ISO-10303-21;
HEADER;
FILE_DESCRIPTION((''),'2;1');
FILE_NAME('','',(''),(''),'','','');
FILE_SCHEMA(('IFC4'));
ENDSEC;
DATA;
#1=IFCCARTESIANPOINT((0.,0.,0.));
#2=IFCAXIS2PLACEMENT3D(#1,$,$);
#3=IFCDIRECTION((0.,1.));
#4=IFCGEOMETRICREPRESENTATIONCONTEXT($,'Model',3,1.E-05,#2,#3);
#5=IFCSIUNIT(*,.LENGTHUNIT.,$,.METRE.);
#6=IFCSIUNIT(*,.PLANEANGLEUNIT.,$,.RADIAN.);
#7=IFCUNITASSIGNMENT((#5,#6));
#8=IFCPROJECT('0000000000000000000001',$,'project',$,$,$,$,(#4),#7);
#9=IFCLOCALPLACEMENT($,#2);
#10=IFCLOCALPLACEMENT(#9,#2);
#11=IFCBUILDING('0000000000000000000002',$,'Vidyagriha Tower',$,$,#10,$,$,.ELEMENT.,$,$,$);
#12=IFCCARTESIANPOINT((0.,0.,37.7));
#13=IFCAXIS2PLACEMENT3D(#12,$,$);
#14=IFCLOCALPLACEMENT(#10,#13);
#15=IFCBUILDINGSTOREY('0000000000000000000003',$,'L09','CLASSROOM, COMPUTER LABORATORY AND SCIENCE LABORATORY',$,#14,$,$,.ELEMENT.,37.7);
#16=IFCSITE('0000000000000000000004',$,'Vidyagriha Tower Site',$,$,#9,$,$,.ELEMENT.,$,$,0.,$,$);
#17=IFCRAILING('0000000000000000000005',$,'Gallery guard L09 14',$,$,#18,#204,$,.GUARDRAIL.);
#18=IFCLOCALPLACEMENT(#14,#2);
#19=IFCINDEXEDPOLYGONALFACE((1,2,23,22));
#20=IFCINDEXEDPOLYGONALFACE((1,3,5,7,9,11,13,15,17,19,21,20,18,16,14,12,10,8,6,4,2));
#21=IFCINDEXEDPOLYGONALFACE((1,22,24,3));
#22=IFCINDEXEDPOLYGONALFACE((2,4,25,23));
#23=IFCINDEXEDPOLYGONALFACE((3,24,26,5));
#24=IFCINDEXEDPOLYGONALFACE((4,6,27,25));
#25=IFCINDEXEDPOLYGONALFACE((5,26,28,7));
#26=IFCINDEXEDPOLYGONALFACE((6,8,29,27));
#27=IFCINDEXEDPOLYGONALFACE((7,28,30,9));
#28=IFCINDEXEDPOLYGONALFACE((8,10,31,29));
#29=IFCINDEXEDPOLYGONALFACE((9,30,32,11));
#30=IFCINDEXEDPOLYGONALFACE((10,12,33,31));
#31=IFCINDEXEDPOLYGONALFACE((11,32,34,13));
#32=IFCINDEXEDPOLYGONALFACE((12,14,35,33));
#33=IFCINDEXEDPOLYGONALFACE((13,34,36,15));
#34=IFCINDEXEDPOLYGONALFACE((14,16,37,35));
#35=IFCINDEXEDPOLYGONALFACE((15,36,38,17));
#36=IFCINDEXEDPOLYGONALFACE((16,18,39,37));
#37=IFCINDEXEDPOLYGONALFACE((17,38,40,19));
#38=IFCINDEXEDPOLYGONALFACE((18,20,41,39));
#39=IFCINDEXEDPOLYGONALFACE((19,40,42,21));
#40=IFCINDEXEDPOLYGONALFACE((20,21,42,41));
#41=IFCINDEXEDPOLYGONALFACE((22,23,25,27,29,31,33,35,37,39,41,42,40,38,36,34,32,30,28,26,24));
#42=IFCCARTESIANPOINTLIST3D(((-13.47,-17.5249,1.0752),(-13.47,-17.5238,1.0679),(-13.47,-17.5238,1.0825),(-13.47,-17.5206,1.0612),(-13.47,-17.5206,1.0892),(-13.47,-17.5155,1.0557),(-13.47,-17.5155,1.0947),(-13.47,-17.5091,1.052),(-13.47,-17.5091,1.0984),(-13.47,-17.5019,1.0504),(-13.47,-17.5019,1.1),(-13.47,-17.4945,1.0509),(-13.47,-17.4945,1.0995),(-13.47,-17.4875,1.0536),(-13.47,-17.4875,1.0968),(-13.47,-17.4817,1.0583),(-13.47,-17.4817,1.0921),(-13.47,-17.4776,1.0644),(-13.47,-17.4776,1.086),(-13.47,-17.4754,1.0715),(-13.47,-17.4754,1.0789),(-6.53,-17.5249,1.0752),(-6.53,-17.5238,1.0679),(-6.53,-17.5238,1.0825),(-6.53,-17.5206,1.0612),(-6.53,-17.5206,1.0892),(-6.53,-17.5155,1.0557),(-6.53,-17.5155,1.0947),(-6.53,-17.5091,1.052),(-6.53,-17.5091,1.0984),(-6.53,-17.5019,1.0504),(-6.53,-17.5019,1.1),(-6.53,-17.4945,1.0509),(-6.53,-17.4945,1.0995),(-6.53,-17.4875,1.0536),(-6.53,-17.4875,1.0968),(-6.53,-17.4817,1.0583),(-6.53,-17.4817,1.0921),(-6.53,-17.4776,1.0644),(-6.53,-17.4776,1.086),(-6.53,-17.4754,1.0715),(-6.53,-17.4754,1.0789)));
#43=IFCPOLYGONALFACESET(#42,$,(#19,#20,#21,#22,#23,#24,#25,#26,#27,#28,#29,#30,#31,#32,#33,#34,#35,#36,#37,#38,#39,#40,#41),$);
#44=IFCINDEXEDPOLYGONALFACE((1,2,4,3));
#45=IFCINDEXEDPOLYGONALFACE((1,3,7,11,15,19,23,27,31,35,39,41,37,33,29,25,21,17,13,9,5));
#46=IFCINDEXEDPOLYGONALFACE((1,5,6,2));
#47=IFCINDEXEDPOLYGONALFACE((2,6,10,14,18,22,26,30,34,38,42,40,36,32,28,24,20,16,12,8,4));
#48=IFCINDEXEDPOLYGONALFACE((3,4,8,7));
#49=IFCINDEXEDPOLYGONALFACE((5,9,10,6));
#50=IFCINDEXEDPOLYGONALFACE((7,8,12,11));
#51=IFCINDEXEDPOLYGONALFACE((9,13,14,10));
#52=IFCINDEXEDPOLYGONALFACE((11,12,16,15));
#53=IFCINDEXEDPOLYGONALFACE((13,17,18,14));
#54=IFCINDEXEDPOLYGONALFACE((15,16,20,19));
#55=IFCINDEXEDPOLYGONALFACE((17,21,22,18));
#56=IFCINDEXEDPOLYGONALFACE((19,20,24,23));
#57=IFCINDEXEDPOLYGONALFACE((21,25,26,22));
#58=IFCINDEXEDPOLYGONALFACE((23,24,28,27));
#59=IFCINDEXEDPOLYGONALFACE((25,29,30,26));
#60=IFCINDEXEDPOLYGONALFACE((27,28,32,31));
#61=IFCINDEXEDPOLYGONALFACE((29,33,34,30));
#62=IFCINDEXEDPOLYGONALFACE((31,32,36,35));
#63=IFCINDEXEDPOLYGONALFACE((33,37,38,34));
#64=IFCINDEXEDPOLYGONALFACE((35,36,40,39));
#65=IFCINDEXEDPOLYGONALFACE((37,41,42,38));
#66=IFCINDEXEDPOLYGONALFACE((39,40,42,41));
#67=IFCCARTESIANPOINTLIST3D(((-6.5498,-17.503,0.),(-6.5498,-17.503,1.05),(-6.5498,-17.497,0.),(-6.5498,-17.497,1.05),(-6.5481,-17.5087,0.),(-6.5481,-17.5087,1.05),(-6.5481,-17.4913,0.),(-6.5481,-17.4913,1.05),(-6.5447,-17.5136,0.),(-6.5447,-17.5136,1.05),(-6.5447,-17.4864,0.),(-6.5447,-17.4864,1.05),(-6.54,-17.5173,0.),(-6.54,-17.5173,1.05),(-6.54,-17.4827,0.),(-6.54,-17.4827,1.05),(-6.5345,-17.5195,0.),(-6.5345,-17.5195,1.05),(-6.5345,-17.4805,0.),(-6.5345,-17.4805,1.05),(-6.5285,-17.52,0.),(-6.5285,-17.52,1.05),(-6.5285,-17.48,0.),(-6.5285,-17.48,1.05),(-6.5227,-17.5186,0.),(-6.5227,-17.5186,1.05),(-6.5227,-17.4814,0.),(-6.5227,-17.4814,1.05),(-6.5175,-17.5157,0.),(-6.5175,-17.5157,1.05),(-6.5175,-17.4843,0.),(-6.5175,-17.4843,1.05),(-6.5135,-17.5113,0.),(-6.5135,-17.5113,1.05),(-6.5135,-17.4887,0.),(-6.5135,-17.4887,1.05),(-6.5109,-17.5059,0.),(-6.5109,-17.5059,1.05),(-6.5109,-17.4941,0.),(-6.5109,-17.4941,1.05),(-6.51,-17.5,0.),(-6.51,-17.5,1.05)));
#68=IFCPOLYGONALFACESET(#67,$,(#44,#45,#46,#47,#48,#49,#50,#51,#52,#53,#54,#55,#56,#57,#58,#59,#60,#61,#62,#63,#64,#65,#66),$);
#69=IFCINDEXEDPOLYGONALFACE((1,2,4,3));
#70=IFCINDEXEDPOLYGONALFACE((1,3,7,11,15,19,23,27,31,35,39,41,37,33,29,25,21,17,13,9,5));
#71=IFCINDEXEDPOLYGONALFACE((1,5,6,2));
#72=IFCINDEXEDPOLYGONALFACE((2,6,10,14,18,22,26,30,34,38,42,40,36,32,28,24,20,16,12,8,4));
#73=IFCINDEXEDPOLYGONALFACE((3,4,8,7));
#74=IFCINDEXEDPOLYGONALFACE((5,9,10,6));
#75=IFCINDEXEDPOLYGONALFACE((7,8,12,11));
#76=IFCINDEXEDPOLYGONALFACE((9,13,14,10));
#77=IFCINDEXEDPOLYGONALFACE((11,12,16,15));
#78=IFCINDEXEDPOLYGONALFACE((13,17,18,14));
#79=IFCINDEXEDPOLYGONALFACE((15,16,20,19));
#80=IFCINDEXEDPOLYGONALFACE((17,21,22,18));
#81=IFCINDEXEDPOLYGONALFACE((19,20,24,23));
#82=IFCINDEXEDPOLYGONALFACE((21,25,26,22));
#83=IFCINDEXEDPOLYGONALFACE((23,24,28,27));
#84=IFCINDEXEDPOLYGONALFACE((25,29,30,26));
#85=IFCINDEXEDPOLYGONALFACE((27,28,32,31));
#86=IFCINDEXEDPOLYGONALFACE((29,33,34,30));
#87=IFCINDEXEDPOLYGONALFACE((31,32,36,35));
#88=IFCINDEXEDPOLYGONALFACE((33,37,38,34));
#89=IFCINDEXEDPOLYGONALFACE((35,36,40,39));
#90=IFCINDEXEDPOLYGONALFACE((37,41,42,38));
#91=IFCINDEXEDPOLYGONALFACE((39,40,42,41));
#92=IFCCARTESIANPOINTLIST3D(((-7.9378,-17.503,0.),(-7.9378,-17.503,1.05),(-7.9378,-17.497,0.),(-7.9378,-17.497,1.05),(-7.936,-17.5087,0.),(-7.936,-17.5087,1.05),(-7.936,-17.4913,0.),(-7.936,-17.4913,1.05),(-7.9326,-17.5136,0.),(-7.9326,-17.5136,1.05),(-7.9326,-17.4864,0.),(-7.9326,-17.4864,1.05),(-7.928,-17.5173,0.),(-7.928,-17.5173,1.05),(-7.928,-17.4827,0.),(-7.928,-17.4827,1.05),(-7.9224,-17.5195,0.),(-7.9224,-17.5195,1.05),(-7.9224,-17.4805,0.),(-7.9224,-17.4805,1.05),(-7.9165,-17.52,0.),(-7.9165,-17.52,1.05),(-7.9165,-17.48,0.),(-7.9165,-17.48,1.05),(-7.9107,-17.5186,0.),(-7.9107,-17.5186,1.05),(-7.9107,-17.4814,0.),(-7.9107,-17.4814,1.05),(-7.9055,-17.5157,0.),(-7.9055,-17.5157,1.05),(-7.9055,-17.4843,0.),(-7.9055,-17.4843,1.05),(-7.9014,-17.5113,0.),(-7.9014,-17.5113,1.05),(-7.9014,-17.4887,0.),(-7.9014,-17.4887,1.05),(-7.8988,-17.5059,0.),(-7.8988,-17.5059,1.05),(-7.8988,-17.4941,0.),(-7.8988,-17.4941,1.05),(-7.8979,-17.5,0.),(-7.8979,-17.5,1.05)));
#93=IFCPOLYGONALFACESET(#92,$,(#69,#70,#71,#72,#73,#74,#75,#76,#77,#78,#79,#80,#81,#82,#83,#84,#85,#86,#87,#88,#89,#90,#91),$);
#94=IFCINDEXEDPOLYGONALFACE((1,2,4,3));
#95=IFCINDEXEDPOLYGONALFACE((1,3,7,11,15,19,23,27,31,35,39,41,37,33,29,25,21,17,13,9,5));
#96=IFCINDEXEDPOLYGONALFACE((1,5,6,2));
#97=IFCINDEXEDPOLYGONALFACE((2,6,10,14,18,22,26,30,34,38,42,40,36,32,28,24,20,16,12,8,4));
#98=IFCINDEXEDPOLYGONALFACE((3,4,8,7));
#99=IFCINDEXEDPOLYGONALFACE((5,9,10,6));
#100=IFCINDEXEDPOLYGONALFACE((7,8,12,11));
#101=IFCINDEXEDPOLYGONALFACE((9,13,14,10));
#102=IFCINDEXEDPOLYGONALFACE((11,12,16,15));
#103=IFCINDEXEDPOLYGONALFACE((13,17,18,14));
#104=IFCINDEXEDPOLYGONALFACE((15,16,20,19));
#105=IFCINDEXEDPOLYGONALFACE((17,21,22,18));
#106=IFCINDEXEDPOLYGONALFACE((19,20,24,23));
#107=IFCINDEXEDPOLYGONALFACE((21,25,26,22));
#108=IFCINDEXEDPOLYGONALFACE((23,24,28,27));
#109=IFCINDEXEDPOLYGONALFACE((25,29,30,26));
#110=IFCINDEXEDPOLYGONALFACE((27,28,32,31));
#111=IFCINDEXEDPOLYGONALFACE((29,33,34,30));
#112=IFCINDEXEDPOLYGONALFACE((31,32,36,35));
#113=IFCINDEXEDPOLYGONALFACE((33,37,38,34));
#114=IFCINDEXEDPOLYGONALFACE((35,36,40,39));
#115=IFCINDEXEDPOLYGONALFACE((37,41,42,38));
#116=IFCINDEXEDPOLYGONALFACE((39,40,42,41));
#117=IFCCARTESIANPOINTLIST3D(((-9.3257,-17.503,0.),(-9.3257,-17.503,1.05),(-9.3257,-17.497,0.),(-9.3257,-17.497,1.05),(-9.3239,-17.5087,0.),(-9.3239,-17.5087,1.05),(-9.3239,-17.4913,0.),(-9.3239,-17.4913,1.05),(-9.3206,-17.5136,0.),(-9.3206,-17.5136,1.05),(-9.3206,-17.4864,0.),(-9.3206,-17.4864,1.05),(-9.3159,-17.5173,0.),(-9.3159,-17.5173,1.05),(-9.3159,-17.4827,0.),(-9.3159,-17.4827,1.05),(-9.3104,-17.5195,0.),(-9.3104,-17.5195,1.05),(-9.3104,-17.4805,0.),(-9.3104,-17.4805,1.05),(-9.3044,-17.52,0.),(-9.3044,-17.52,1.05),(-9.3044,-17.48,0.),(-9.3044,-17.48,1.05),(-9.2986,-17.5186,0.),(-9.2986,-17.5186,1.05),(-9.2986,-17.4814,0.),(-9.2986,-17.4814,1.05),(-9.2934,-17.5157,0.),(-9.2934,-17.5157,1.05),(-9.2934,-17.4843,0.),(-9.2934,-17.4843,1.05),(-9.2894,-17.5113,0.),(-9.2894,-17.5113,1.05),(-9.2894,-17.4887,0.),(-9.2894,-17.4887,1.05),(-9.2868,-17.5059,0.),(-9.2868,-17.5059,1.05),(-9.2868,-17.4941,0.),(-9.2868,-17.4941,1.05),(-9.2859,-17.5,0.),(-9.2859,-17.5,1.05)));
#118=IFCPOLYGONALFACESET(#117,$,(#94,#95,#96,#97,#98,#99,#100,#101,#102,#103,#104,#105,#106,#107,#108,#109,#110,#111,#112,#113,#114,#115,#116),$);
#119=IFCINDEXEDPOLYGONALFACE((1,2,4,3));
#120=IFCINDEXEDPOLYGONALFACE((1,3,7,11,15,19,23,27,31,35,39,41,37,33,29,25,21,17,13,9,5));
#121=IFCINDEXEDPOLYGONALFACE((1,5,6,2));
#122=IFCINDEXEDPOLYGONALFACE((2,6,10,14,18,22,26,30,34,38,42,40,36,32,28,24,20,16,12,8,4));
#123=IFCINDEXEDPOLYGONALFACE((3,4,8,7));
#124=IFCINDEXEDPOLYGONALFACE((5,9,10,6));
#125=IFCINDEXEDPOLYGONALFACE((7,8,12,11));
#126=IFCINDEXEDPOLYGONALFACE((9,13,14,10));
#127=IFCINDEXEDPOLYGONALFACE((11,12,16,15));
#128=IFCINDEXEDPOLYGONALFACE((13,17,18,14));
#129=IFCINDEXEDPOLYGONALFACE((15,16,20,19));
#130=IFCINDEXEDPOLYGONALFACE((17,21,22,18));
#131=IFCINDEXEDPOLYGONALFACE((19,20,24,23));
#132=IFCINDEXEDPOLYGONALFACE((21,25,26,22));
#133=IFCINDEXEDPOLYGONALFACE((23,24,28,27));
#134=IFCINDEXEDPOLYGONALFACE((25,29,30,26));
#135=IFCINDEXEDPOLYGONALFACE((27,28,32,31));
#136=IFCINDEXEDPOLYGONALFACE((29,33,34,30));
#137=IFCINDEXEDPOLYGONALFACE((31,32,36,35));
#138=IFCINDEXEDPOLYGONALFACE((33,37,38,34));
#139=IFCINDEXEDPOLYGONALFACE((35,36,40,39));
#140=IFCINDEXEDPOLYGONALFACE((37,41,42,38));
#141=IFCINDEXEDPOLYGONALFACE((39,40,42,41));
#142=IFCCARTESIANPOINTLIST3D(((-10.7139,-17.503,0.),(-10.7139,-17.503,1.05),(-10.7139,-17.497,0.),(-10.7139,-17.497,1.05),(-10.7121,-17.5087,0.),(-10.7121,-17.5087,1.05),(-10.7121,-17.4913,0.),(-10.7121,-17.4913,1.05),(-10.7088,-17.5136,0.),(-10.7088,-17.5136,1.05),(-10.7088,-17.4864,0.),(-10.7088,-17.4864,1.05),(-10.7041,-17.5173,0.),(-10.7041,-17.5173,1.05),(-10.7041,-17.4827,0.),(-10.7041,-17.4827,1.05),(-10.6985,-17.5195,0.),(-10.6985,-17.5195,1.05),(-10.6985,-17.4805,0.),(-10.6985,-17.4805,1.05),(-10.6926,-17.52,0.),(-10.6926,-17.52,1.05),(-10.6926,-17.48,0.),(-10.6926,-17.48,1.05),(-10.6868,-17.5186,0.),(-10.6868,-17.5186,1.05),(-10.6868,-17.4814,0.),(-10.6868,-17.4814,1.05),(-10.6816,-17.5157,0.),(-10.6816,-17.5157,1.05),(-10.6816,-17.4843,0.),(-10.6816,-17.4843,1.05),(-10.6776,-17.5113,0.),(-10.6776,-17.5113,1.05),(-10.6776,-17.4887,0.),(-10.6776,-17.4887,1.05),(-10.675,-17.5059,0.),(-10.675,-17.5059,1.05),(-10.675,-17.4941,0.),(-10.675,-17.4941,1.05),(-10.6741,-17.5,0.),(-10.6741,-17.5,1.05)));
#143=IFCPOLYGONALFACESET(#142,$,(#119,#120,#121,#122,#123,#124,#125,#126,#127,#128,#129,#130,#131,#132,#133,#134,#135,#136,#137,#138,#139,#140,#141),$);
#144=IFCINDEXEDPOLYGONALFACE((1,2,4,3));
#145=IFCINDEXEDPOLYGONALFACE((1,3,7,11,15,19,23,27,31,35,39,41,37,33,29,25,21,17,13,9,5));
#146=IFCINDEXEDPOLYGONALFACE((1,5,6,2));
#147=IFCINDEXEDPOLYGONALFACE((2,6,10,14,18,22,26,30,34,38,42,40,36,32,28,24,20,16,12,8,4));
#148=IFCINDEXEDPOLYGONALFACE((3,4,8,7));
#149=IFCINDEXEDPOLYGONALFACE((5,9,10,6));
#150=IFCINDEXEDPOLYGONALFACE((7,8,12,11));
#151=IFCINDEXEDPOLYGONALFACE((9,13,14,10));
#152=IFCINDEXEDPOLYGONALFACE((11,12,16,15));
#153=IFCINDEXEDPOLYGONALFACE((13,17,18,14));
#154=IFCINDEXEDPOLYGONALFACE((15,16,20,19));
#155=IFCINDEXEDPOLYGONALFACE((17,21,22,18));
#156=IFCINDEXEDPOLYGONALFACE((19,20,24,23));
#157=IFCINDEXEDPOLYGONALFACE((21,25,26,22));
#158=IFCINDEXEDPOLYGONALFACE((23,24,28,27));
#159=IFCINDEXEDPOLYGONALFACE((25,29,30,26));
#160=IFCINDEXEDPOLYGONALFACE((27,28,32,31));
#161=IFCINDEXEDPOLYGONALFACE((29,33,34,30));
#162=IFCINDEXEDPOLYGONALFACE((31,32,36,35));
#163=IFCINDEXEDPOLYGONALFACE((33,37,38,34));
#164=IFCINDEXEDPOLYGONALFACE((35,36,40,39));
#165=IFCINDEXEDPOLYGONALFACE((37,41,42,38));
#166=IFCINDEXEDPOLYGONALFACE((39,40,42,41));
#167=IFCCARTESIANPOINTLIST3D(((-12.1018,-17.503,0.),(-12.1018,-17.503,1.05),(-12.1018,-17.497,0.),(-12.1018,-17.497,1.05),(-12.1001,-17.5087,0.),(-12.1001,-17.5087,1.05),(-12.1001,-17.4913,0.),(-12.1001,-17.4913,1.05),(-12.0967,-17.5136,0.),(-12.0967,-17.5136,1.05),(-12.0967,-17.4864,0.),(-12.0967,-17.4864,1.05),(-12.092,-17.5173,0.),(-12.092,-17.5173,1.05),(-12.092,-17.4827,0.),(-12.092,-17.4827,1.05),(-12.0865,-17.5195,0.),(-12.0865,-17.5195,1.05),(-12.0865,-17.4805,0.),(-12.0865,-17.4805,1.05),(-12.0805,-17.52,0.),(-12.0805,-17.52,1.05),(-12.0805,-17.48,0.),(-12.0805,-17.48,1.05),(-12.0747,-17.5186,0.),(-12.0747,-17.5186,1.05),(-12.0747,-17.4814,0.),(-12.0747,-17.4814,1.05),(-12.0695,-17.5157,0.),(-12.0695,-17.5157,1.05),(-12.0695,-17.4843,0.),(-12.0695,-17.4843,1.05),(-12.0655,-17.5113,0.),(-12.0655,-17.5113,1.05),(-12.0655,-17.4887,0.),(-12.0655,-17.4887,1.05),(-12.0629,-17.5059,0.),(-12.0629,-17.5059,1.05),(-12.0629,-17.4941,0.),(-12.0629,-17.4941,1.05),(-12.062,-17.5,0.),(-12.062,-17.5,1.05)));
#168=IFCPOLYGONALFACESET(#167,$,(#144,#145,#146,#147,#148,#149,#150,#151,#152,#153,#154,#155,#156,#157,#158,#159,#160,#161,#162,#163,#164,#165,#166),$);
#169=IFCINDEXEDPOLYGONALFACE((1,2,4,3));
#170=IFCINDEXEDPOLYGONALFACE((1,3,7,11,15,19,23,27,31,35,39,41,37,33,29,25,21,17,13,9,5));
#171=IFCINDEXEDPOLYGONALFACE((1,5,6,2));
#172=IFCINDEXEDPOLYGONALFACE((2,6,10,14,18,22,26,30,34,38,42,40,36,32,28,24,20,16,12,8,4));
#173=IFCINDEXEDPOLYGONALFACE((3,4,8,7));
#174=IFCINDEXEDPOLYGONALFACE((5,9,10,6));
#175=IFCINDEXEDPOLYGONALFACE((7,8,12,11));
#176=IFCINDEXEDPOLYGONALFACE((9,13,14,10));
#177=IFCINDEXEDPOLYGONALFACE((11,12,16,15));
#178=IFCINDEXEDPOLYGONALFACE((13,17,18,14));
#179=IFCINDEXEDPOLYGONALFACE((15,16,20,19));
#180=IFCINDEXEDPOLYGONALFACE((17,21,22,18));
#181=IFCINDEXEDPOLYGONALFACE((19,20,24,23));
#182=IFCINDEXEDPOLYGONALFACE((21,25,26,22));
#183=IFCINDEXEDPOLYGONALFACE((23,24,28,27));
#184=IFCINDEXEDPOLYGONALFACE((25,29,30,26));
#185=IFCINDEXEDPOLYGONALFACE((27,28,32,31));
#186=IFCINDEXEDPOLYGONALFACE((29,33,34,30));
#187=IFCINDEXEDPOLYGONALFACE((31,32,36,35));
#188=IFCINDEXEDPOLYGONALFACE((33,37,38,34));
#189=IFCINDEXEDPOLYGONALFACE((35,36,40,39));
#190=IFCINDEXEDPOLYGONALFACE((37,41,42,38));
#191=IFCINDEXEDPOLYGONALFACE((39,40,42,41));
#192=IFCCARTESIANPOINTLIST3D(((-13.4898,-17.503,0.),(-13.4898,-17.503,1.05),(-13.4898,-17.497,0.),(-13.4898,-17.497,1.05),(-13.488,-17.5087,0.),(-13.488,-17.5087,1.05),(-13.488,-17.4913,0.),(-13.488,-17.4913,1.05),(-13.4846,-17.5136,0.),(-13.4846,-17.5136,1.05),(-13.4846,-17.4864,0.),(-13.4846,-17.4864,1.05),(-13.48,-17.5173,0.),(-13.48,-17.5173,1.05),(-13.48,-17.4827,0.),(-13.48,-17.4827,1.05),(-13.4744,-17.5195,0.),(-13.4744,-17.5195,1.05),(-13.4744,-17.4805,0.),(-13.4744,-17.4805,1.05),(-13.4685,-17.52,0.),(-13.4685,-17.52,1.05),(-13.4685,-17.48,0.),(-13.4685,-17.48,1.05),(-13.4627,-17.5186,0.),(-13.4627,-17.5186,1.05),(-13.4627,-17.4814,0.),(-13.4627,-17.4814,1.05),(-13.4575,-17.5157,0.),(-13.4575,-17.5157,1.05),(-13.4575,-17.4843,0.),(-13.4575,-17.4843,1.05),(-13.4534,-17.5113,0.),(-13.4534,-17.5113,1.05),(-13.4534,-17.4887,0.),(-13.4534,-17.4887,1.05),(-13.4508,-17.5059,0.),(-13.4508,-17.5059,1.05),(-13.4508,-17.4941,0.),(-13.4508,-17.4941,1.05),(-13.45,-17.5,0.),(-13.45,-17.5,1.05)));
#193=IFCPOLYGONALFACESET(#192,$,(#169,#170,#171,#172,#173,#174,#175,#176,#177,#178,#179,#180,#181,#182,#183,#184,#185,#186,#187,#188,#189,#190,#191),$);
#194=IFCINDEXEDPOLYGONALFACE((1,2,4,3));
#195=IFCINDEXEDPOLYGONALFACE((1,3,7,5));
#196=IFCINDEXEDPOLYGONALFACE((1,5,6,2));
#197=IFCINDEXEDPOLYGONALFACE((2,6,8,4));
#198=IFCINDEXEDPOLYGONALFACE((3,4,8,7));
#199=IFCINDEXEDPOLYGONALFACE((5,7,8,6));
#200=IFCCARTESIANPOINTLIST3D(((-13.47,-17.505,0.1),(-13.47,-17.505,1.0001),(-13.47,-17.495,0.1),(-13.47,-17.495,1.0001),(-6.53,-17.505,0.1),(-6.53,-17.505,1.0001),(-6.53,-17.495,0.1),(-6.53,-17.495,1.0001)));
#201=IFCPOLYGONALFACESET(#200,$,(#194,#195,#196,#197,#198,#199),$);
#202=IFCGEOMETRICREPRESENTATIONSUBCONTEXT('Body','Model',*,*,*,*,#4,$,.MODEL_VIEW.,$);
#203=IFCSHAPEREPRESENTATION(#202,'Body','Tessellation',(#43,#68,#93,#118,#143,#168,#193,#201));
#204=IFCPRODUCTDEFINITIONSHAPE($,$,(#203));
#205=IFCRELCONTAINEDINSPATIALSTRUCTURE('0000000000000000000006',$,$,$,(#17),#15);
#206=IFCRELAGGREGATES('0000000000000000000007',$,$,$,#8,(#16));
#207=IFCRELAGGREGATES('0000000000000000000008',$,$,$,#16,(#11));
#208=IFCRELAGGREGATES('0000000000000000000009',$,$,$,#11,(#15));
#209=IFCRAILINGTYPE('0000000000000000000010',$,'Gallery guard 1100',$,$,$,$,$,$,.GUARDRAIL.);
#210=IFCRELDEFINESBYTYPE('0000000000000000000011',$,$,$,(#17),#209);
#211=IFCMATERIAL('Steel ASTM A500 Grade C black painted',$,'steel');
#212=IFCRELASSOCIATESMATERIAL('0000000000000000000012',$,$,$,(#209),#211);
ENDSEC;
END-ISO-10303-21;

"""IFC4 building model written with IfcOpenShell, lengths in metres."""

from ifc_helpers import new_model, si_unit, direction, frame, origin, origin_2d, place, context, subcontext, project, spatial, rectangle, circle, extrude, material, type_object, element, save


model = new_model("IFC4")

# Units and contexts
model_context = context("Model", 3, precision=1e-05, world=origin(), true_north=direction((0.0, 1.0)))
body_context = subcontext(model_context, "Body", "Model", "MODEL_VIEW")
ifc_project = project(units=[si_unit("LENGTHUNIT", "METRE"), si_unit("PLANEANGLEUNIT", "RADIAN")], contexts=[model_context])

# Site, building, storey
site_placement = place(None, origin())
site = spatial("IfcSite", under=ifc_project, at=site_placement, Name="Vidyagriha Tower Site", CompositionType="ELEMENT", RefElevation=0.0)
building_placement = place(site_placement, origin())
building = spatial("IfcBuilding", under=site, at=building_placement, Name="Vidyagriha Tower", CompositionType="ELEMENT")
storey_placement = place(building_placement, frame((0.0, 0.0, 37.7)))
storey = spatial("IfcBuildingStorey", under=building, at=storey_placement, Name="L09", Description="CLASSROOM, COMPUTER LABORATORY AND SCIENCE LABORATORY", CompositionType="ELEMENT", Elevation=37.7)

# Railing
ifc_material_1 = material(Name="Steel ASTM A500 Grade C black painted", Category="steel")
railing_type = type_object("IfcRailingType", Name="Gallery guard 1100", PredefinedType="GUARDRAIL", material=ifc_material_1)
railing_placement = place(storey_placement, frame((-6.53, -17.5, 0.0)))
element("IfcRailing", 1, at=railing_placement, inside=storey, type_object=railing_type, Name="Gallery guard L09 14", PredefinedType="GUARDRAIL", context=body_context, shape_type="SweptSolid", body=[
    extrude(circle(Radius=0.0249, at=origin_2d()), frame((0.0, 0.0, 1.0752), z_axis=(-1.0, 0.0, 0.0), x_axis=(0.0, -1.0, 0.0)), (0.0, 0.0, 1.0), 6.9399),
    extrude(circle(Radius=0.02, at=origin_2d()), origin(), (0.0, 0.0, 1.0), 1.05),
    extrude(circle(Radius=0.02, at=origin_2d()), frame((-1.3879, 0.0, 0.0)), (0.0, 0.0, 1.0), 1.05),
    extrude(circle(Radius=0.02, at=origin_2d()), frame((-2.7759, 0.0, 0.0)), (0.0, 0.0, 1.0), 1.05),
    extrude(circle(Radius=0.02, at=origin_2d()), frame((-4.1641, 0.0, 0.0)), (0.0, 0.0, 1.0), 1.05),
    extrude(circle(Radius=0.02, at=origin_2d()), frame((-5.552, 0.0, 0.0)), (0.0, 0.0, 1.0), 1.05),
    extrude(circle(Radius=0.02, at=origin_2d()), frame((-6.9399, 0.0, 0.0)), (0.0, 0.0, 1.0), 1.05),
    extrude(rectangle(XDim=0.01, YDim=0.9001, at=origin_2d()), frame((0.0, 0.0, 0.55), z_axis=(-1.0, 0.0, 0.0), x_axis=(0.0, -1.0, 0.0)), (0.0, 0.0, 1.0), 6.9399),
])

save(model, "model.ifc")
